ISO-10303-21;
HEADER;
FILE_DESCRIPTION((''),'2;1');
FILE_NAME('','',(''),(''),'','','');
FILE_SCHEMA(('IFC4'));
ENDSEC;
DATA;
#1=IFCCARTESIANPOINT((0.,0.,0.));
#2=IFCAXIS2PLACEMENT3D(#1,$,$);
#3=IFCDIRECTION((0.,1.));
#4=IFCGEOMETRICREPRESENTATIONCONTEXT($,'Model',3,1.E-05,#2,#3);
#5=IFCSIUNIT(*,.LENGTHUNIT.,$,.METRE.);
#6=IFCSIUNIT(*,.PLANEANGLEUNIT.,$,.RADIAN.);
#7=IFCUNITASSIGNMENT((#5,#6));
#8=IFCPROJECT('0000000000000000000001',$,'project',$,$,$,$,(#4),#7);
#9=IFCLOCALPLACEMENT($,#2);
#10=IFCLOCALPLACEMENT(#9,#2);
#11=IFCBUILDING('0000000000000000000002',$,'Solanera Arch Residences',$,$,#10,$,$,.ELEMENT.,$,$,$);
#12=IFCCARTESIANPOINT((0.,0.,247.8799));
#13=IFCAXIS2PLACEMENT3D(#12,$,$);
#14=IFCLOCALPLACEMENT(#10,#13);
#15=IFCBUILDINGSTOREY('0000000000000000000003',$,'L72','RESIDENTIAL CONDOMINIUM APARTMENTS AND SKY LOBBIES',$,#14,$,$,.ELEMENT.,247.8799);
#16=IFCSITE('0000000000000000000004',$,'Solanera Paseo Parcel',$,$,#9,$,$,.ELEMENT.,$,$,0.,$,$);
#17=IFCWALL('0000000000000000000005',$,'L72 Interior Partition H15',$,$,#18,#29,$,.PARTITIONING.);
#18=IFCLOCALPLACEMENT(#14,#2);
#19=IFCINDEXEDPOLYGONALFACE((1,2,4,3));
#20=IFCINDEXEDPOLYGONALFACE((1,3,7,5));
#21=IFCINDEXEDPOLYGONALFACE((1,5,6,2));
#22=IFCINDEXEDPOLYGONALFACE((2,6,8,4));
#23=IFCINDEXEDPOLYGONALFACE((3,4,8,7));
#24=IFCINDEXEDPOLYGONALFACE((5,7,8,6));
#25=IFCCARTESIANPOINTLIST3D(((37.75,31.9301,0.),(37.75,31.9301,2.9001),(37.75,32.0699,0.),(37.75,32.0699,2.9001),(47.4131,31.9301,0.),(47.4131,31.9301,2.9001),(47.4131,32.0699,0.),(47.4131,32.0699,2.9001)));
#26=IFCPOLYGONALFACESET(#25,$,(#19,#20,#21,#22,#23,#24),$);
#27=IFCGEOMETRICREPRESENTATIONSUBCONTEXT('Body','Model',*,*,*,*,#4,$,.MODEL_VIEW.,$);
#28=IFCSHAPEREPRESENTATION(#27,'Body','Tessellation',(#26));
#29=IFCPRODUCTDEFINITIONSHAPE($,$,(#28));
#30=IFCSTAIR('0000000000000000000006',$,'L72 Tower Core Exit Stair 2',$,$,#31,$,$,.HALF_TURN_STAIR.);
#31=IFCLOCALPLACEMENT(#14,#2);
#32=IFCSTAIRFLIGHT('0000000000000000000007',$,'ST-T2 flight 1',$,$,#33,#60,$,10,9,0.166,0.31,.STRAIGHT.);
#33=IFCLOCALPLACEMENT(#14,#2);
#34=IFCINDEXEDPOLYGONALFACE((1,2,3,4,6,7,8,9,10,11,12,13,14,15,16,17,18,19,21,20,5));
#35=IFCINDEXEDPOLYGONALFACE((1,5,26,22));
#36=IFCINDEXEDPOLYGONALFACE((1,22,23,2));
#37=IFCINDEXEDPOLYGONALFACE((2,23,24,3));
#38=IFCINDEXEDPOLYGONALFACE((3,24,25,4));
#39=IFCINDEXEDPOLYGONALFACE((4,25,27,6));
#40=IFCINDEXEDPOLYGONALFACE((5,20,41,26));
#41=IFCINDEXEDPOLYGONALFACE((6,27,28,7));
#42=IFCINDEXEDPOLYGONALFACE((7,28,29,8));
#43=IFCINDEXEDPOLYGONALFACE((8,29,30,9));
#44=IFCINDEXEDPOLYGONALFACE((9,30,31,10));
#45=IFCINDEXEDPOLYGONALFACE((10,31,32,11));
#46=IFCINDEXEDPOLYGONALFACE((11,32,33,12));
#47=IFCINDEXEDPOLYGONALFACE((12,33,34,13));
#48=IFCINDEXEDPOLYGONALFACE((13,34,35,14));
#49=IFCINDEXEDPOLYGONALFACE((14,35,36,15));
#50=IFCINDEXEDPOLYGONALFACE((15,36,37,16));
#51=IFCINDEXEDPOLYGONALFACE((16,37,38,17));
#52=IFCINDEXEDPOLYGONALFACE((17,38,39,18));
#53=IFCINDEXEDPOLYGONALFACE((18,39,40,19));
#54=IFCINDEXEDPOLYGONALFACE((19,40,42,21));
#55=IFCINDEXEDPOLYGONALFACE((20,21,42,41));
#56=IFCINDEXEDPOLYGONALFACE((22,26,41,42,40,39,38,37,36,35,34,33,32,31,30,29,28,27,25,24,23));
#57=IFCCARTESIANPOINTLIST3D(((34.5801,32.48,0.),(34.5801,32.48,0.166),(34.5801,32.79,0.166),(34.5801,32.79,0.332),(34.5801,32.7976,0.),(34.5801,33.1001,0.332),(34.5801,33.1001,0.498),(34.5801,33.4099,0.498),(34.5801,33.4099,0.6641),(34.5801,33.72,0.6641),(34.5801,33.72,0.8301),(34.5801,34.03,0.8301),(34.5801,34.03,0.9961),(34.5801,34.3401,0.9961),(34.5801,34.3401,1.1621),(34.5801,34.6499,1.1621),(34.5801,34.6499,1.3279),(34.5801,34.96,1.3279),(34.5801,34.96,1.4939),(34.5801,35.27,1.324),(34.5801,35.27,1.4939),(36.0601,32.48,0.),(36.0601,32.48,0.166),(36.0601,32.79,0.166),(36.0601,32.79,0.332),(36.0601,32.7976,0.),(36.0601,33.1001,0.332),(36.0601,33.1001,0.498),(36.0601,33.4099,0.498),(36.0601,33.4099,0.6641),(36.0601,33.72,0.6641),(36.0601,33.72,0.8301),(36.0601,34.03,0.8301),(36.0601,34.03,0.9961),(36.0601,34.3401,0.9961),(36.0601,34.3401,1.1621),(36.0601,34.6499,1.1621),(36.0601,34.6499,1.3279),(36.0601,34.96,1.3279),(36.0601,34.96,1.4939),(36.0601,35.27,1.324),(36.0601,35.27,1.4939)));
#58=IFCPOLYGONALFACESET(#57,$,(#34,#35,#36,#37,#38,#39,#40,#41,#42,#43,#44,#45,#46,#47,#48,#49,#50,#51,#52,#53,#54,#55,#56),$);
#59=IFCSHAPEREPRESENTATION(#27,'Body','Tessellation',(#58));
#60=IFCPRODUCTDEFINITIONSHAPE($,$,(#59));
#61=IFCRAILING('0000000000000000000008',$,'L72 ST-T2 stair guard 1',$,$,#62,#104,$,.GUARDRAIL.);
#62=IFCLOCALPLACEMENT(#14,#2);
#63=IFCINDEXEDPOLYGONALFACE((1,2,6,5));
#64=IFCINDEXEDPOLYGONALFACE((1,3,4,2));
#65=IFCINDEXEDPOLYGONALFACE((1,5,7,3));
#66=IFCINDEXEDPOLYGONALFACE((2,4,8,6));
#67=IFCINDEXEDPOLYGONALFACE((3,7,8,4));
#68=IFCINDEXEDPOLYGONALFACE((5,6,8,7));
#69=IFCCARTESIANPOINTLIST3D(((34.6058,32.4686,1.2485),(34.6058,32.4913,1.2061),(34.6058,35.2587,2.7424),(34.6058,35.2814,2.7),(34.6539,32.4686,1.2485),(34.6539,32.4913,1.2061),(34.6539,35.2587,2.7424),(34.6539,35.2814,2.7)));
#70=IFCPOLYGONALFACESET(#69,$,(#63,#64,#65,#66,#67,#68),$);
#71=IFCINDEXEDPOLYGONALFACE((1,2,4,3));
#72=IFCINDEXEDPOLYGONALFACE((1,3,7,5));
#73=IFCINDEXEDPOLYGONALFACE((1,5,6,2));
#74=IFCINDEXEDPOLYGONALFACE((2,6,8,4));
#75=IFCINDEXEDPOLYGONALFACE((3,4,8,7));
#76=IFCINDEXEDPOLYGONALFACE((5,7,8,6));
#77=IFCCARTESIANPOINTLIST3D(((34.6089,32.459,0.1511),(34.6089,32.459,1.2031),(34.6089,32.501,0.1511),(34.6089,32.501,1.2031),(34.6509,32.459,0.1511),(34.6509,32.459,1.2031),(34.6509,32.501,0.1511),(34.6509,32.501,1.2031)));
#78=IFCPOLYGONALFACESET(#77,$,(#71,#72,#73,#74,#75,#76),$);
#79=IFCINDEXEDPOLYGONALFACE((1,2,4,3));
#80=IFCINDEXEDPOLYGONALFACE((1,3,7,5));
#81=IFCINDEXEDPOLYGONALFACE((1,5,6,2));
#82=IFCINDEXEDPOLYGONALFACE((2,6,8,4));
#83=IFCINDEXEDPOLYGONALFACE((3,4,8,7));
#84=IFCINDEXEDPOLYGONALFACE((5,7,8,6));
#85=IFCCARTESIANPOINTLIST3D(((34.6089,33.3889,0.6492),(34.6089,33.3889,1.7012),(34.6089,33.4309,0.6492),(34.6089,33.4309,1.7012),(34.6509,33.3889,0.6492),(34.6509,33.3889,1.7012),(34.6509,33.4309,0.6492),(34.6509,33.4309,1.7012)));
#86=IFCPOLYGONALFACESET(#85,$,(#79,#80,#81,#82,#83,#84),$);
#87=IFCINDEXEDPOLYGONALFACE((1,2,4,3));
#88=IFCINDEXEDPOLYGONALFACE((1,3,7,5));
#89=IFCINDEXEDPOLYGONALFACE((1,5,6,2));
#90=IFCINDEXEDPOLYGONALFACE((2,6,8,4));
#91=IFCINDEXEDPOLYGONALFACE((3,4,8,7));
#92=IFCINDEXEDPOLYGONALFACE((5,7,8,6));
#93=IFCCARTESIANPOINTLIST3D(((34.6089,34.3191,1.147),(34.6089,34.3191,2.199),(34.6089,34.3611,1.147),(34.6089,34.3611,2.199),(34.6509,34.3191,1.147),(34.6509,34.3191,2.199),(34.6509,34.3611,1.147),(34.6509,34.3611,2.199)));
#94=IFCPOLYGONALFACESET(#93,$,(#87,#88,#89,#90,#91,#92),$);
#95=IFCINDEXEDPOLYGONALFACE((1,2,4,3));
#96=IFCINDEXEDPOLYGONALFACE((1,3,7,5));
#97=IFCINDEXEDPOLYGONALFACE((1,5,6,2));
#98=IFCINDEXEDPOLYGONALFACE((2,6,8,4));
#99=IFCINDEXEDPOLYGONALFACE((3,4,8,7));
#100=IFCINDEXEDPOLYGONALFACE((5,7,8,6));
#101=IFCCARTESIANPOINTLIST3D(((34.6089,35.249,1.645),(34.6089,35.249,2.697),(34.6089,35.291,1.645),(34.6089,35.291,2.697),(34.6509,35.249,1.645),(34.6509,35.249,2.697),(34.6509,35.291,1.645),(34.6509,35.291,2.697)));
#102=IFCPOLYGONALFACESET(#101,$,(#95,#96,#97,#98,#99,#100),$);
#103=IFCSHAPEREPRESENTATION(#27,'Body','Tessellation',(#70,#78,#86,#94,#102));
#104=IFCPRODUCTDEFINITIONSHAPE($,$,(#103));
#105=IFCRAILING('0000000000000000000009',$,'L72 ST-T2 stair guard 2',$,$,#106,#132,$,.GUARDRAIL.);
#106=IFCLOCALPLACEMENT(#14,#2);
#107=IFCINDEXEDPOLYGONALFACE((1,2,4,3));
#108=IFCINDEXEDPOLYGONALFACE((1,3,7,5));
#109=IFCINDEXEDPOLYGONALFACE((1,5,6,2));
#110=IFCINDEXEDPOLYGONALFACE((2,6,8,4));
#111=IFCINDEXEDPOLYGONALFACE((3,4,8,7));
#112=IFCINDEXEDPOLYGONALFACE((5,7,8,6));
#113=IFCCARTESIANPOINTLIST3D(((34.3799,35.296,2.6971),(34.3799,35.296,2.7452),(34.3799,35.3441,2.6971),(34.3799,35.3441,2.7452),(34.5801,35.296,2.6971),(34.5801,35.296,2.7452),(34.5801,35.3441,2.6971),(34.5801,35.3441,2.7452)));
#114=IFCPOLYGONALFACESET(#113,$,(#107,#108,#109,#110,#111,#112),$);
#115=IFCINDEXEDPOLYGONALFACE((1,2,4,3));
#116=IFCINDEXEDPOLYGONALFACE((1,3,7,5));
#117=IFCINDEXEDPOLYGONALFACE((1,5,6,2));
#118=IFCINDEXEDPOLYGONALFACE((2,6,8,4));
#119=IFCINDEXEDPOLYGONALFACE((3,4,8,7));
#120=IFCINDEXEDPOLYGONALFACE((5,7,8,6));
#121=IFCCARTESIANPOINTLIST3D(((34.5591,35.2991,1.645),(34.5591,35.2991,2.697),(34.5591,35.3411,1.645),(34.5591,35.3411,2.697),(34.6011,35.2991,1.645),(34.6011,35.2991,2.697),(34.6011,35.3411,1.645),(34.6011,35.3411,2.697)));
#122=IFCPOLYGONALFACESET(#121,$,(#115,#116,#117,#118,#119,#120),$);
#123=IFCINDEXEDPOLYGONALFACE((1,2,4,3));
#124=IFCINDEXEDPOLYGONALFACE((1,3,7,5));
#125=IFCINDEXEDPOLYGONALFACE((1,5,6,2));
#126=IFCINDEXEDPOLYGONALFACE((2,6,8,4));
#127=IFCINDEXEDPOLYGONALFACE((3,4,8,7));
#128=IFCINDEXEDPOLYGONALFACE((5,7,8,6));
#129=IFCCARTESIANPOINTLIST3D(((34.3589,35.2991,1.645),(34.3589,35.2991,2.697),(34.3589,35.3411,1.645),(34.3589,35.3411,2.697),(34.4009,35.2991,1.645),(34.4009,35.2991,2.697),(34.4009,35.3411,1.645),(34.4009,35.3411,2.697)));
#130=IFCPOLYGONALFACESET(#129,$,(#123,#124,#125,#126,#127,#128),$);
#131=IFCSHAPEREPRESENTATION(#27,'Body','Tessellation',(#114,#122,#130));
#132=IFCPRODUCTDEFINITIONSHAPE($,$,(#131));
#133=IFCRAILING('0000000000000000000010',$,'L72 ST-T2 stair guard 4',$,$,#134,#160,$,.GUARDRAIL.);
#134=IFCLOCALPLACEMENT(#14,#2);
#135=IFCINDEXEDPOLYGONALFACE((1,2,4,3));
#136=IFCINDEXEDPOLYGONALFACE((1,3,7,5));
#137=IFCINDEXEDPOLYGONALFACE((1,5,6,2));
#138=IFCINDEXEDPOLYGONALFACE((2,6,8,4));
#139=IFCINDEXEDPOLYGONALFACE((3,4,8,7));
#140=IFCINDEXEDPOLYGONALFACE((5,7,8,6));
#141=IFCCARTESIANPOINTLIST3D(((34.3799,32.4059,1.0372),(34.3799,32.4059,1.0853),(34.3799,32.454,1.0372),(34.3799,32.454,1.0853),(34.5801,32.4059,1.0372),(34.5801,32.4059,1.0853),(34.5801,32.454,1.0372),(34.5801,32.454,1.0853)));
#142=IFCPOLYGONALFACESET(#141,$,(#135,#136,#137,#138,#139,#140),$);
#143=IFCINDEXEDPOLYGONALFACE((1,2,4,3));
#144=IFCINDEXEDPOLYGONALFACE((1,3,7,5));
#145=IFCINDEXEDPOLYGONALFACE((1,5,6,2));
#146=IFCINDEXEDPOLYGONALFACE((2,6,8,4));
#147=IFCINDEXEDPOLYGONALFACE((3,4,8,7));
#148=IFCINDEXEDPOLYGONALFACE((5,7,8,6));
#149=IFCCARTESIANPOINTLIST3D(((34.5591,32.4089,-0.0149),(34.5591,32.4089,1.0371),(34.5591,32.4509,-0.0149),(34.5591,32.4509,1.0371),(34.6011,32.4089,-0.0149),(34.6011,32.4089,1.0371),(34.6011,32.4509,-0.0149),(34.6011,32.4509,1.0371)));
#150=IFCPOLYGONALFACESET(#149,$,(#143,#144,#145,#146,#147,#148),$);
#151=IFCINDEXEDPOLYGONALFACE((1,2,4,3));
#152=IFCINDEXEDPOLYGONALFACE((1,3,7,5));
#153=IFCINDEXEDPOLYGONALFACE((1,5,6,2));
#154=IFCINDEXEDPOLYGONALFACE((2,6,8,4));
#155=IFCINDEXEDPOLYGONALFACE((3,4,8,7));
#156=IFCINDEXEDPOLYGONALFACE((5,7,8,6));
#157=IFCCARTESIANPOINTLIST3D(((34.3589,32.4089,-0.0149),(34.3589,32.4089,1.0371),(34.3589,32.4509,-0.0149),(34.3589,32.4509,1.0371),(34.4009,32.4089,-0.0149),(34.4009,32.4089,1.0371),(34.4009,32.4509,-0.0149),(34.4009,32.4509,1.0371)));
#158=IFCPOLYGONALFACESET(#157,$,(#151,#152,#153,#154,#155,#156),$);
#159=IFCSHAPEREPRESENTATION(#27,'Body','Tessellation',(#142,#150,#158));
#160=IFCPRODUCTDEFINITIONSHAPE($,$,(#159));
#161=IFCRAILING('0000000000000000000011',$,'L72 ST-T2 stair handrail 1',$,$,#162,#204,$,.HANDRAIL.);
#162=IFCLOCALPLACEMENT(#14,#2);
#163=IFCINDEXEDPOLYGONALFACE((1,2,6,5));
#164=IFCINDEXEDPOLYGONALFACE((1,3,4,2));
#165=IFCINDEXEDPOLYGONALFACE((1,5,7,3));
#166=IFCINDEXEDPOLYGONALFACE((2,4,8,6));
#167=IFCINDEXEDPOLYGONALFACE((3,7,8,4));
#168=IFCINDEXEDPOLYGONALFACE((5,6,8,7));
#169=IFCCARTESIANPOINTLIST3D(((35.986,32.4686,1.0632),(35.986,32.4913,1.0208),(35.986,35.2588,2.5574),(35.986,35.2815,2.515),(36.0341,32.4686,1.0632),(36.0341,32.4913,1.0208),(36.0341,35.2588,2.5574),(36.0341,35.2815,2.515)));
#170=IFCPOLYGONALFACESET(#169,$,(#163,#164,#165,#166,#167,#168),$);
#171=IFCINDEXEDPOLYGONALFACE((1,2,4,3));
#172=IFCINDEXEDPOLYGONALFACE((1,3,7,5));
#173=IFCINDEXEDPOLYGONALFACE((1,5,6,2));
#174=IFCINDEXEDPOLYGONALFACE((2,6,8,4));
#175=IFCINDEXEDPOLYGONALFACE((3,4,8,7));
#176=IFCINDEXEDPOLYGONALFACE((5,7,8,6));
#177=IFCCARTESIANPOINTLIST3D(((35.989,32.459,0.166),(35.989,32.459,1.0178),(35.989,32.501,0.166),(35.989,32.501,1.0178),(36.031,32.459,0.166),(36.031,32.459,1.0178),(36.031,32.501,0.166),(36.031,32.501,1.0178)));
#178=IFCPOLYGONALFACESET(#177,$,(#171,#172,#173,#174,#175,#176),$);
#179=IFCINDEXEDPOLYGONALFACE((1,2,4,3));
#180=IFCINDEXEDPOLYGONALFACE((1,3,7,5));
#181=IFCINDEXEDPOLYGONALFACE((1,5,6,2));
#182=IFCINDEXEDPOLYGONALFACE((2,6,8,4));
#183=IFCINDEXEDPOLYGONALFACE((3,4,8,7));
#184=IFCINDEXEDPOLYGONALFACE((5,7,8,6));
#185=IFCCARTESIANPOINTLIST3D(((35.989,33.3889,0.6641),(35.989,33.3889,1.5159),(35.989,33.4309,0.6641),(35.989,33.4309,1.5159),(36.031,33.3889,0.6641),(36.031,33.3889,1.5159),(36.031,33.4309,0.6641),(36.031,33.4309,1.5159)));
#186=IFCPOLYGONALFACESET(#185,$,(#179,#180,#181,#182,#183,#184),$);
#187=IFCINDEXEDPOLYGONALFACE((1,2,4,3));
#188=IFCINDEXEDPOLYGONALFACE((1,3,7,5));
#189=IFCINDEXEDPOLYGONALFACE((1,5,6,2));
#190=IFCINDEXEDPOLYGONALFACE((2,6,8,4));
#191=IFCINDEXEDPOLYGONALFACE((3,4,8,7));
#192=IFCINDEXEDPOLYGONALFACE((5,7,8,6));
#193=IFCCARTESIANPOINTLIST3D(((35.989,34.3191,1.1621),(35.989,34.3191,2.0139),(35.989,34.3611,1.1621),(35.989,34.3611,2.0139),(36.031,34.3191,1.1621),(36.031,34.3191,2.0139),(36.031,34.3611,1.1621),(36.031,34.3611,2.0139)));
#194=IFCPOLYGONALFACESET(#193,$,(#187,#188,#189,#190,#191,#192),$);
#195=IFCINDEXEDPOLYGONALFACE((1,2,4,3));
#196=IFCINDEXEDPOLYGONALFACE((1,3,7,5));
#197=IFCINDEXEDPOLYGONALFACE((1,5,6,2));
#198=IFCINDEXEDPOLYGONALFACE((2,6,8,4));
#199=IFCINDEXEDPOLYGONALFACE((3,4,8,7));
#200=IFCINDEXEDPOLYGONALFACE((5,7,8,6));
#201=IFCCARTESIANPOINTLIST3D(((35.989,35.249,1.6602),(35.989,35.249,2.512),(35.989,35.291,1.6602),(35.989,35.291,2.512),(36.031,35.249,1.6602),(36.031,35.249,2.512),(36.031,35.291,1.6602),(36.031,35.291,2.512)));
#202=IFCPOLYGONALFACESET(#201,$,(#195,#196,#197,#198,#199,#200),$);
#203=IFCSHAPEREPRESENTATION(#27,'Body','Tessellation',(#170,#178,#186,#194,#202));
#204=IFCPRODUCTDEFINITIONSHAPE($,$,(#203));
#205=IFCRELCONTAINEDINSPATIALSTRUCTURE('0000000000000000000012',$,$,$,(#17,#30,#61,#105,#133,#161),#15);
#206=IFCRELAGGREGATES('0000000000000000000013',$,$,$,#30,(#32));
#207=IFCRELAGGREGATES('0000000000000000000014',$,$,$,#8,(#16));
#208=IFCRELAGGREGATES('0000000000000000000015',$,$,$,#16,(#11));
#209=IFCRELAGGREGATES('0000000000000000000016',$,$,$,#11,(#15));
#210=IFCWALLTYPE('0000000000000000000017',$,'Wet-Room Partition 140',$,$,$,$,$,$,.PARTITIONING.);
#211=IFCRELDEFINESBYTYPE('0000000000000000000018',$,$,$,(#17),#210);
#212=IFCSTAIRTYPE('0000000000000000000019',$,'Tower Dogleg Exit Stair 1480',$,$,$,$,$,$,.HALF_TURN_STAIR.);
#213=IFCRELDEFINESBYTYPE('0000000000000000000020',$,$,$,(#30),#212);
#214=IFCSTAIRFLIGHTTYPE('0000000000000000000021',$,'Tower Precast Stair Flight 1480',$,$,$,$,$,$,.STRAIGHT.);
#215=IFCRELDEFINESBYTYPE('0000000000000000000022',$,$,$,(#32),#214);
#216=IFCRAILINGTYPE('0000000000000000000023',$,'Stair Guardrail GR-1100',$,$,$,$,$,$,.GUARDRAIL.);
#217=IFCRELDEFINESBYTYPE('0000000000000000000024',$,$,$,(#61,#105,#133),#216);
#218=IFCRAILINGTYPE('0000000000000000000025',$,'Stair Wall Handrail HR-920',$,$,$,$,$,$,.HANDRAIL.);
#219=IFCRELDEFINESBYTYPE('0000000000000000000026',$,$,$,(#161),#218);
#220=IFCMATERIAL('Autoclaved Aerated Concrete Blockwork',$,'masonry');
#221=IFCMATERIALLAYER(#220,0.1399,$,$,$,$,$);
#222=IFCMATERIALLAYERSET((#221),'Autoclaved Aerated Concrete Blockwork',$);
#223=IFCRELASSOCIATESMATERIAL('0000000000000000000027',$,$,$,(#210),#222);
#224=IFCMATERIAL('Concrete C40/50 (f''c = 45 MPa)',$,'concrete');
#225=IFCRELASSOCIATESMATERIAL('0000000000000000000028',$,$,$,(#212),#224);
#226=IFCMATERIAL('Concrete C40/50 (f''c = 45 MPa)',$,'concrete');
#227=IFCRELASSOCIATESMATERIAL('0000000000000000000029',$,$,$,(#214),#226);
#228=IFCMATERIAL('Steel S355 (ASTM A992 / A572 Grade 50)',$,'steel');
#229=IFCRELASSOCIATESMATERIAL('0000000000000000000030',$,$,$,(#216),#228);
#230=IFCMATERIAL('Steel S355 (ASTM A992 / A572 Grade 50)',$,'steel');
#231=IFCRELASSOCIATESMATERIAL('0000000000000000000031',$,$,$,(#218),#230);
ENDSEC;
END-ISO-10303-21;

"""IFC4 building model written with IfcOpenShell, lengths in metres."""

from ifc_helpers import new_model, si_unit, direction, frame, frame_2d, origin, origin_2d, place, context, subcontext, project, spatial, polyline, rectangle, outline, extrude, material, layer, layer_set, type_object, element, aggregate, save


model = new_model("IFC4")

# Units and contexts
model_context = context("Model", 3, precision=1e-05, world=origin(), true_north=direction((0.0, 1.0)))
body_context = subcontext(model_context, "Body", "Model", "MODEL_VIEW")
ifc_project = project(units=[si_unit("LENGTHUNIT", "METRE"), si_unit("PLANEANGLEUNIT", "RADIAN")], contexts=[model_context])

# Site, building, storey
site_placement = place(None, origin())
site = spatial("IfcSite", under=ifc_project, at=site_placement, Name="Solanera Paseo Parcel", CompositionType="ELEMENT", RefElevation=0.0)
building_placement = place(site_placement, origin())
building = spatial("IfcBuilding", under=site, at=building_placement, Name="Solanera Arch Residences", CompositionType="ELEMENT")
storey_placement = place(building_placement, frame((0.0, 0.0, 247.8799)))
storey = spatial("IfcBuildingStorey", under=building, at=storey_placement, Name="L72", Description="RESIDENTIAL CONDOMINIUM APARTMENTS AND SKY LOBBIES", CompositionType="ELEMENT", Elevation=247.8799)

# Wall
ifc_material_1 = material(Name="Autoclaved Aerated Concrete Blockwork", Category="masonry")
ifc_layer_1 = layer(ifc_material_1, 0.1399)
ifc_layer_set_1 = layer_set([ifc_layer_1], Name="Autoclaved Aerated Concrete Blockwork")
wall_type_1 = type_object("IfcWallType", Name="Wet-Room Partition 140", PredefinedType="PARTITIONING", material=ifc_layer_set_1)
wall_1_placement = place(storey_placement, frame((37.75, 32.0, 0.0), z_axis=(0.0, 0.0, 1.0), x_axis=(1.0, 0.0, 0.0)))
element("IfcWall", 1, at=wall_1_placement, inside=storey, type_object=wall_type_1, Name="L72 Interior Partition H15", PredefinedType="PARTITIONING", context=body_context, shape_type="SweptSolid", body=[
    extrude(rectangle(XDim=9.6631, YDim=0.1399, at=frame_2d((4.8315, 0.0))), origin(), (0.0, 0.0, 1.0), 2.9001),
])

# Stair, stair flight
ifc_material_2 = material(Name="Concrete C40/50 (f'c = 45 MPa)", Category="concrete")
stair_type = type_object("IfcStairType", Name="Tower Dogleg Exit Stair 1480", PredefinedType="HALF_TURN_STAIR", material=ifc_material_2)
stair_placement = place(storey_placement, origin())
stair = element("IfcStair", 2, at=stair_placement, inside=storey, type_object=stair_type, Name="L72 Tower Core Exit Stair 2", PredefinedType="HALF_TURN_STAIR")
ifc_material_3 = material(Name="Concrete C40/50 (f'c = 45 MPa)", Category="concrete")
stair_flight_type = type_object("IfcStairFlightType", Name="Tower Precast Stair Flight 1480", PredefinedType="STRAIGHT", material=ifc_material_3)
stair_flight_placement = place(storey_placement, frame((35.3201, 32.48, 0.0), z_axis=(0.0, 0.0, 1.0), x_axis=(0.0, 1.0, 0.0)))
stair_flight = element("IfcStairFlight", 3, at=stair_flight_placement, type_object=stair_flight_type, Name="ST-T2 flight 1", NumberOfRisers=10, NumberOfTreads=9, PredefinedType="STRAIGHT", RiserHeight=0.166, TreadLength=0.31, context=body_context, shape_type="SweptSolid", body=[
    extrude(outline(polyline([(0.0, 0.0), (0.0, 0.166), (0.3101, 0.166), (0.3101, 0.332), (0.6201, 0.332), (0.6201, 0.498), (0.9299, 0.498), (0.9299, 0.6641), (1.24, 0.6641), (1.24, 0.8301), (1.55, 0.8301), (1.55, 0.9961), (1.8601, 0.9961), (1.8601, 1.1621), (2.1699, 1.1621), (2.1699, 1.3279), (2.48, 1.3279), (2.48, 1.4939), (2.79, 1.4939), (2.79, 1.6599), (2.79, 1.324), (0.3176, 0.0), (0.0, 0.0)])), frame((0.0, 0.74, 0.0), z_axis=(0.0, -1.0, 0.0), x_axis=(1.0, 0.0, 0.0)), (0.0, 0.0, 1.0), 1.48),
])
aggregate(stair, [stair_flight])

# Railings
ifc_material_4 = material(Name="Steel S355 (ASTM A992 / A572 Grade 50)", Category="steel")
railing_type_1 = type_object("IfcRailingType", Name="Stair Guardrail GR-1100", PredefinedType="GUARDRAIL", material=ifc_material_4)
railing_1_placement = place(storey_placement, frame((34.6299, 32.48, 0.1511)))
element("IfcRailing", 4, at=railing_1_placement, inside=storey, type_object=railing_type_1, Name="L72 ST-T2 stair guard 1", PredefinedType="GUARDRAIL", context=body_context, shape_type="SweptSolid", body=[
    extrude(rectangle(XDim=0.0481, YDim=0.0481, at=origin_2d()), frame((0.0, 0.0, 1.0762), z_axis=(0.0, 0.881581, 0.472033), x_axis=(-1.0, 0.0, 0.0)), (0.0, 0.0, 1.0), 3.1648),
    extrude(rectangle(XDim=0.042, YDim=0.042, at=origin_2d()), origin(), (0.0, 0.0, 1.0), 1.052),
    extrude(rectangle(XDim=0.042, YDim=0.042, at=origin_2d()), frame((0.0, 0.9299, 0.498)), (0.0, 0.0, 1.0), 1.052),
    extrude(rectangle(XDim=0.042, YDim=0.042, at=origin_2d()), frame((0.0, 1.8601, 0.9958)), (0.0, 0.0, 1.0), 1.052),
    extrude(rectangle(XDim=0.042, YDim=0.042, at=origin_2d()), frame((0.0, 2.79, 1.4939)), (0.0, 0.0, 1.0), 1.052),
])
for number, where, name in (
    (5, (34.5801, 35.3201, 1.645), "L72 ST-T2 stair guard 2"),
    (6, (34.5801, 32.4299, -0.0149), "L72 ST-T2 stair guard 4"),
):
    element("IfcRailing", number, at=place(storey_placement, frame(where)), inside=storey, type_object=railing_type_1, Name=name, PredefinedType="GUARDRAIL", context=body_context, shape_type="SweptSolid", body=[
        extrude(rectangle(XDim=0.0481, YDim=0.0481, at=origin_2d()), frame((0.0, 0.0, 1.0762), z_axis=(-1.0, 0.0, 0.0), x_axis=(0.0, -1.0, 0.0)), (0.0, 0.0, 1.0), 0.2002),
        extrude(rectangle(XDim=0.042, YDim=0.042, at=origin_2d()), origin(), (0.0, 0.0, 1.0), 1.052),
        extrude(rectangle(XDim=0.042, YDim=0.042, at=origin_2d()), frame((-0.2002, 0.0, 0.0)), (0.0, 0.0, 1.0), 1.052),
    ])
ifc_material_5 = material(Name="Steel S355 (ASTM A992 / A572 Grade 50)", Category="steel")
railing_type_2 = type_object("IfcRailingType", Name="Stair Wall Handrail HR-920", PredefinedType="HANDRAIL", material=ifc_material_5)
railing_2_placement = place(storey_placement, frame((36.01, 32.48, 0.166)))
element("IfcRailing", 7, at=railing_2_placement, inside=storey, type_object=railing_type_2, Name="L72 ST-T2 stair handrail 1", PredefinedType="HANDRAIL", context=body_context, shape_type="SweptSolid", body=[
    extrude(rectangle(XDim=0.0481, YDim=0.0481, at=origin_2d()), frame((0.0, 0.0, 0.876), z_axis=(0.0, 0.881549, 0.472093), x_axis=(-1.0, 0.0, 0.0)), (0.0, 0.0, 1.0), 3.165),
    extrude(rectangle(XDim=0.042, YDim=0.042, at=origin_2d()), origin(), (0.0, 0.0, 1.0), 0.8518),
    extrude(rectangle(XDim=0.042, YDim=0.042, at=origin_2d()), frame((0.0, 0.9299, 0.498)), (0.0, 0.0, 1.0), 0.8518),
    extrude(rectangle(XDim=0.042, YDim=0.042, at=origin_2d()), frame((0.0, 1.8601, 0.9961)), (0.0, 0.0, 1.0), 0.8518),
    extrude(rectangle(XDim=0.042, YDim=0.042, at=origin_2d()), frame((0.0, 2.79, 1.4941)), (0.0, 0.0, 1.0), 0.8518),
])

save(model, "model.ifc")
